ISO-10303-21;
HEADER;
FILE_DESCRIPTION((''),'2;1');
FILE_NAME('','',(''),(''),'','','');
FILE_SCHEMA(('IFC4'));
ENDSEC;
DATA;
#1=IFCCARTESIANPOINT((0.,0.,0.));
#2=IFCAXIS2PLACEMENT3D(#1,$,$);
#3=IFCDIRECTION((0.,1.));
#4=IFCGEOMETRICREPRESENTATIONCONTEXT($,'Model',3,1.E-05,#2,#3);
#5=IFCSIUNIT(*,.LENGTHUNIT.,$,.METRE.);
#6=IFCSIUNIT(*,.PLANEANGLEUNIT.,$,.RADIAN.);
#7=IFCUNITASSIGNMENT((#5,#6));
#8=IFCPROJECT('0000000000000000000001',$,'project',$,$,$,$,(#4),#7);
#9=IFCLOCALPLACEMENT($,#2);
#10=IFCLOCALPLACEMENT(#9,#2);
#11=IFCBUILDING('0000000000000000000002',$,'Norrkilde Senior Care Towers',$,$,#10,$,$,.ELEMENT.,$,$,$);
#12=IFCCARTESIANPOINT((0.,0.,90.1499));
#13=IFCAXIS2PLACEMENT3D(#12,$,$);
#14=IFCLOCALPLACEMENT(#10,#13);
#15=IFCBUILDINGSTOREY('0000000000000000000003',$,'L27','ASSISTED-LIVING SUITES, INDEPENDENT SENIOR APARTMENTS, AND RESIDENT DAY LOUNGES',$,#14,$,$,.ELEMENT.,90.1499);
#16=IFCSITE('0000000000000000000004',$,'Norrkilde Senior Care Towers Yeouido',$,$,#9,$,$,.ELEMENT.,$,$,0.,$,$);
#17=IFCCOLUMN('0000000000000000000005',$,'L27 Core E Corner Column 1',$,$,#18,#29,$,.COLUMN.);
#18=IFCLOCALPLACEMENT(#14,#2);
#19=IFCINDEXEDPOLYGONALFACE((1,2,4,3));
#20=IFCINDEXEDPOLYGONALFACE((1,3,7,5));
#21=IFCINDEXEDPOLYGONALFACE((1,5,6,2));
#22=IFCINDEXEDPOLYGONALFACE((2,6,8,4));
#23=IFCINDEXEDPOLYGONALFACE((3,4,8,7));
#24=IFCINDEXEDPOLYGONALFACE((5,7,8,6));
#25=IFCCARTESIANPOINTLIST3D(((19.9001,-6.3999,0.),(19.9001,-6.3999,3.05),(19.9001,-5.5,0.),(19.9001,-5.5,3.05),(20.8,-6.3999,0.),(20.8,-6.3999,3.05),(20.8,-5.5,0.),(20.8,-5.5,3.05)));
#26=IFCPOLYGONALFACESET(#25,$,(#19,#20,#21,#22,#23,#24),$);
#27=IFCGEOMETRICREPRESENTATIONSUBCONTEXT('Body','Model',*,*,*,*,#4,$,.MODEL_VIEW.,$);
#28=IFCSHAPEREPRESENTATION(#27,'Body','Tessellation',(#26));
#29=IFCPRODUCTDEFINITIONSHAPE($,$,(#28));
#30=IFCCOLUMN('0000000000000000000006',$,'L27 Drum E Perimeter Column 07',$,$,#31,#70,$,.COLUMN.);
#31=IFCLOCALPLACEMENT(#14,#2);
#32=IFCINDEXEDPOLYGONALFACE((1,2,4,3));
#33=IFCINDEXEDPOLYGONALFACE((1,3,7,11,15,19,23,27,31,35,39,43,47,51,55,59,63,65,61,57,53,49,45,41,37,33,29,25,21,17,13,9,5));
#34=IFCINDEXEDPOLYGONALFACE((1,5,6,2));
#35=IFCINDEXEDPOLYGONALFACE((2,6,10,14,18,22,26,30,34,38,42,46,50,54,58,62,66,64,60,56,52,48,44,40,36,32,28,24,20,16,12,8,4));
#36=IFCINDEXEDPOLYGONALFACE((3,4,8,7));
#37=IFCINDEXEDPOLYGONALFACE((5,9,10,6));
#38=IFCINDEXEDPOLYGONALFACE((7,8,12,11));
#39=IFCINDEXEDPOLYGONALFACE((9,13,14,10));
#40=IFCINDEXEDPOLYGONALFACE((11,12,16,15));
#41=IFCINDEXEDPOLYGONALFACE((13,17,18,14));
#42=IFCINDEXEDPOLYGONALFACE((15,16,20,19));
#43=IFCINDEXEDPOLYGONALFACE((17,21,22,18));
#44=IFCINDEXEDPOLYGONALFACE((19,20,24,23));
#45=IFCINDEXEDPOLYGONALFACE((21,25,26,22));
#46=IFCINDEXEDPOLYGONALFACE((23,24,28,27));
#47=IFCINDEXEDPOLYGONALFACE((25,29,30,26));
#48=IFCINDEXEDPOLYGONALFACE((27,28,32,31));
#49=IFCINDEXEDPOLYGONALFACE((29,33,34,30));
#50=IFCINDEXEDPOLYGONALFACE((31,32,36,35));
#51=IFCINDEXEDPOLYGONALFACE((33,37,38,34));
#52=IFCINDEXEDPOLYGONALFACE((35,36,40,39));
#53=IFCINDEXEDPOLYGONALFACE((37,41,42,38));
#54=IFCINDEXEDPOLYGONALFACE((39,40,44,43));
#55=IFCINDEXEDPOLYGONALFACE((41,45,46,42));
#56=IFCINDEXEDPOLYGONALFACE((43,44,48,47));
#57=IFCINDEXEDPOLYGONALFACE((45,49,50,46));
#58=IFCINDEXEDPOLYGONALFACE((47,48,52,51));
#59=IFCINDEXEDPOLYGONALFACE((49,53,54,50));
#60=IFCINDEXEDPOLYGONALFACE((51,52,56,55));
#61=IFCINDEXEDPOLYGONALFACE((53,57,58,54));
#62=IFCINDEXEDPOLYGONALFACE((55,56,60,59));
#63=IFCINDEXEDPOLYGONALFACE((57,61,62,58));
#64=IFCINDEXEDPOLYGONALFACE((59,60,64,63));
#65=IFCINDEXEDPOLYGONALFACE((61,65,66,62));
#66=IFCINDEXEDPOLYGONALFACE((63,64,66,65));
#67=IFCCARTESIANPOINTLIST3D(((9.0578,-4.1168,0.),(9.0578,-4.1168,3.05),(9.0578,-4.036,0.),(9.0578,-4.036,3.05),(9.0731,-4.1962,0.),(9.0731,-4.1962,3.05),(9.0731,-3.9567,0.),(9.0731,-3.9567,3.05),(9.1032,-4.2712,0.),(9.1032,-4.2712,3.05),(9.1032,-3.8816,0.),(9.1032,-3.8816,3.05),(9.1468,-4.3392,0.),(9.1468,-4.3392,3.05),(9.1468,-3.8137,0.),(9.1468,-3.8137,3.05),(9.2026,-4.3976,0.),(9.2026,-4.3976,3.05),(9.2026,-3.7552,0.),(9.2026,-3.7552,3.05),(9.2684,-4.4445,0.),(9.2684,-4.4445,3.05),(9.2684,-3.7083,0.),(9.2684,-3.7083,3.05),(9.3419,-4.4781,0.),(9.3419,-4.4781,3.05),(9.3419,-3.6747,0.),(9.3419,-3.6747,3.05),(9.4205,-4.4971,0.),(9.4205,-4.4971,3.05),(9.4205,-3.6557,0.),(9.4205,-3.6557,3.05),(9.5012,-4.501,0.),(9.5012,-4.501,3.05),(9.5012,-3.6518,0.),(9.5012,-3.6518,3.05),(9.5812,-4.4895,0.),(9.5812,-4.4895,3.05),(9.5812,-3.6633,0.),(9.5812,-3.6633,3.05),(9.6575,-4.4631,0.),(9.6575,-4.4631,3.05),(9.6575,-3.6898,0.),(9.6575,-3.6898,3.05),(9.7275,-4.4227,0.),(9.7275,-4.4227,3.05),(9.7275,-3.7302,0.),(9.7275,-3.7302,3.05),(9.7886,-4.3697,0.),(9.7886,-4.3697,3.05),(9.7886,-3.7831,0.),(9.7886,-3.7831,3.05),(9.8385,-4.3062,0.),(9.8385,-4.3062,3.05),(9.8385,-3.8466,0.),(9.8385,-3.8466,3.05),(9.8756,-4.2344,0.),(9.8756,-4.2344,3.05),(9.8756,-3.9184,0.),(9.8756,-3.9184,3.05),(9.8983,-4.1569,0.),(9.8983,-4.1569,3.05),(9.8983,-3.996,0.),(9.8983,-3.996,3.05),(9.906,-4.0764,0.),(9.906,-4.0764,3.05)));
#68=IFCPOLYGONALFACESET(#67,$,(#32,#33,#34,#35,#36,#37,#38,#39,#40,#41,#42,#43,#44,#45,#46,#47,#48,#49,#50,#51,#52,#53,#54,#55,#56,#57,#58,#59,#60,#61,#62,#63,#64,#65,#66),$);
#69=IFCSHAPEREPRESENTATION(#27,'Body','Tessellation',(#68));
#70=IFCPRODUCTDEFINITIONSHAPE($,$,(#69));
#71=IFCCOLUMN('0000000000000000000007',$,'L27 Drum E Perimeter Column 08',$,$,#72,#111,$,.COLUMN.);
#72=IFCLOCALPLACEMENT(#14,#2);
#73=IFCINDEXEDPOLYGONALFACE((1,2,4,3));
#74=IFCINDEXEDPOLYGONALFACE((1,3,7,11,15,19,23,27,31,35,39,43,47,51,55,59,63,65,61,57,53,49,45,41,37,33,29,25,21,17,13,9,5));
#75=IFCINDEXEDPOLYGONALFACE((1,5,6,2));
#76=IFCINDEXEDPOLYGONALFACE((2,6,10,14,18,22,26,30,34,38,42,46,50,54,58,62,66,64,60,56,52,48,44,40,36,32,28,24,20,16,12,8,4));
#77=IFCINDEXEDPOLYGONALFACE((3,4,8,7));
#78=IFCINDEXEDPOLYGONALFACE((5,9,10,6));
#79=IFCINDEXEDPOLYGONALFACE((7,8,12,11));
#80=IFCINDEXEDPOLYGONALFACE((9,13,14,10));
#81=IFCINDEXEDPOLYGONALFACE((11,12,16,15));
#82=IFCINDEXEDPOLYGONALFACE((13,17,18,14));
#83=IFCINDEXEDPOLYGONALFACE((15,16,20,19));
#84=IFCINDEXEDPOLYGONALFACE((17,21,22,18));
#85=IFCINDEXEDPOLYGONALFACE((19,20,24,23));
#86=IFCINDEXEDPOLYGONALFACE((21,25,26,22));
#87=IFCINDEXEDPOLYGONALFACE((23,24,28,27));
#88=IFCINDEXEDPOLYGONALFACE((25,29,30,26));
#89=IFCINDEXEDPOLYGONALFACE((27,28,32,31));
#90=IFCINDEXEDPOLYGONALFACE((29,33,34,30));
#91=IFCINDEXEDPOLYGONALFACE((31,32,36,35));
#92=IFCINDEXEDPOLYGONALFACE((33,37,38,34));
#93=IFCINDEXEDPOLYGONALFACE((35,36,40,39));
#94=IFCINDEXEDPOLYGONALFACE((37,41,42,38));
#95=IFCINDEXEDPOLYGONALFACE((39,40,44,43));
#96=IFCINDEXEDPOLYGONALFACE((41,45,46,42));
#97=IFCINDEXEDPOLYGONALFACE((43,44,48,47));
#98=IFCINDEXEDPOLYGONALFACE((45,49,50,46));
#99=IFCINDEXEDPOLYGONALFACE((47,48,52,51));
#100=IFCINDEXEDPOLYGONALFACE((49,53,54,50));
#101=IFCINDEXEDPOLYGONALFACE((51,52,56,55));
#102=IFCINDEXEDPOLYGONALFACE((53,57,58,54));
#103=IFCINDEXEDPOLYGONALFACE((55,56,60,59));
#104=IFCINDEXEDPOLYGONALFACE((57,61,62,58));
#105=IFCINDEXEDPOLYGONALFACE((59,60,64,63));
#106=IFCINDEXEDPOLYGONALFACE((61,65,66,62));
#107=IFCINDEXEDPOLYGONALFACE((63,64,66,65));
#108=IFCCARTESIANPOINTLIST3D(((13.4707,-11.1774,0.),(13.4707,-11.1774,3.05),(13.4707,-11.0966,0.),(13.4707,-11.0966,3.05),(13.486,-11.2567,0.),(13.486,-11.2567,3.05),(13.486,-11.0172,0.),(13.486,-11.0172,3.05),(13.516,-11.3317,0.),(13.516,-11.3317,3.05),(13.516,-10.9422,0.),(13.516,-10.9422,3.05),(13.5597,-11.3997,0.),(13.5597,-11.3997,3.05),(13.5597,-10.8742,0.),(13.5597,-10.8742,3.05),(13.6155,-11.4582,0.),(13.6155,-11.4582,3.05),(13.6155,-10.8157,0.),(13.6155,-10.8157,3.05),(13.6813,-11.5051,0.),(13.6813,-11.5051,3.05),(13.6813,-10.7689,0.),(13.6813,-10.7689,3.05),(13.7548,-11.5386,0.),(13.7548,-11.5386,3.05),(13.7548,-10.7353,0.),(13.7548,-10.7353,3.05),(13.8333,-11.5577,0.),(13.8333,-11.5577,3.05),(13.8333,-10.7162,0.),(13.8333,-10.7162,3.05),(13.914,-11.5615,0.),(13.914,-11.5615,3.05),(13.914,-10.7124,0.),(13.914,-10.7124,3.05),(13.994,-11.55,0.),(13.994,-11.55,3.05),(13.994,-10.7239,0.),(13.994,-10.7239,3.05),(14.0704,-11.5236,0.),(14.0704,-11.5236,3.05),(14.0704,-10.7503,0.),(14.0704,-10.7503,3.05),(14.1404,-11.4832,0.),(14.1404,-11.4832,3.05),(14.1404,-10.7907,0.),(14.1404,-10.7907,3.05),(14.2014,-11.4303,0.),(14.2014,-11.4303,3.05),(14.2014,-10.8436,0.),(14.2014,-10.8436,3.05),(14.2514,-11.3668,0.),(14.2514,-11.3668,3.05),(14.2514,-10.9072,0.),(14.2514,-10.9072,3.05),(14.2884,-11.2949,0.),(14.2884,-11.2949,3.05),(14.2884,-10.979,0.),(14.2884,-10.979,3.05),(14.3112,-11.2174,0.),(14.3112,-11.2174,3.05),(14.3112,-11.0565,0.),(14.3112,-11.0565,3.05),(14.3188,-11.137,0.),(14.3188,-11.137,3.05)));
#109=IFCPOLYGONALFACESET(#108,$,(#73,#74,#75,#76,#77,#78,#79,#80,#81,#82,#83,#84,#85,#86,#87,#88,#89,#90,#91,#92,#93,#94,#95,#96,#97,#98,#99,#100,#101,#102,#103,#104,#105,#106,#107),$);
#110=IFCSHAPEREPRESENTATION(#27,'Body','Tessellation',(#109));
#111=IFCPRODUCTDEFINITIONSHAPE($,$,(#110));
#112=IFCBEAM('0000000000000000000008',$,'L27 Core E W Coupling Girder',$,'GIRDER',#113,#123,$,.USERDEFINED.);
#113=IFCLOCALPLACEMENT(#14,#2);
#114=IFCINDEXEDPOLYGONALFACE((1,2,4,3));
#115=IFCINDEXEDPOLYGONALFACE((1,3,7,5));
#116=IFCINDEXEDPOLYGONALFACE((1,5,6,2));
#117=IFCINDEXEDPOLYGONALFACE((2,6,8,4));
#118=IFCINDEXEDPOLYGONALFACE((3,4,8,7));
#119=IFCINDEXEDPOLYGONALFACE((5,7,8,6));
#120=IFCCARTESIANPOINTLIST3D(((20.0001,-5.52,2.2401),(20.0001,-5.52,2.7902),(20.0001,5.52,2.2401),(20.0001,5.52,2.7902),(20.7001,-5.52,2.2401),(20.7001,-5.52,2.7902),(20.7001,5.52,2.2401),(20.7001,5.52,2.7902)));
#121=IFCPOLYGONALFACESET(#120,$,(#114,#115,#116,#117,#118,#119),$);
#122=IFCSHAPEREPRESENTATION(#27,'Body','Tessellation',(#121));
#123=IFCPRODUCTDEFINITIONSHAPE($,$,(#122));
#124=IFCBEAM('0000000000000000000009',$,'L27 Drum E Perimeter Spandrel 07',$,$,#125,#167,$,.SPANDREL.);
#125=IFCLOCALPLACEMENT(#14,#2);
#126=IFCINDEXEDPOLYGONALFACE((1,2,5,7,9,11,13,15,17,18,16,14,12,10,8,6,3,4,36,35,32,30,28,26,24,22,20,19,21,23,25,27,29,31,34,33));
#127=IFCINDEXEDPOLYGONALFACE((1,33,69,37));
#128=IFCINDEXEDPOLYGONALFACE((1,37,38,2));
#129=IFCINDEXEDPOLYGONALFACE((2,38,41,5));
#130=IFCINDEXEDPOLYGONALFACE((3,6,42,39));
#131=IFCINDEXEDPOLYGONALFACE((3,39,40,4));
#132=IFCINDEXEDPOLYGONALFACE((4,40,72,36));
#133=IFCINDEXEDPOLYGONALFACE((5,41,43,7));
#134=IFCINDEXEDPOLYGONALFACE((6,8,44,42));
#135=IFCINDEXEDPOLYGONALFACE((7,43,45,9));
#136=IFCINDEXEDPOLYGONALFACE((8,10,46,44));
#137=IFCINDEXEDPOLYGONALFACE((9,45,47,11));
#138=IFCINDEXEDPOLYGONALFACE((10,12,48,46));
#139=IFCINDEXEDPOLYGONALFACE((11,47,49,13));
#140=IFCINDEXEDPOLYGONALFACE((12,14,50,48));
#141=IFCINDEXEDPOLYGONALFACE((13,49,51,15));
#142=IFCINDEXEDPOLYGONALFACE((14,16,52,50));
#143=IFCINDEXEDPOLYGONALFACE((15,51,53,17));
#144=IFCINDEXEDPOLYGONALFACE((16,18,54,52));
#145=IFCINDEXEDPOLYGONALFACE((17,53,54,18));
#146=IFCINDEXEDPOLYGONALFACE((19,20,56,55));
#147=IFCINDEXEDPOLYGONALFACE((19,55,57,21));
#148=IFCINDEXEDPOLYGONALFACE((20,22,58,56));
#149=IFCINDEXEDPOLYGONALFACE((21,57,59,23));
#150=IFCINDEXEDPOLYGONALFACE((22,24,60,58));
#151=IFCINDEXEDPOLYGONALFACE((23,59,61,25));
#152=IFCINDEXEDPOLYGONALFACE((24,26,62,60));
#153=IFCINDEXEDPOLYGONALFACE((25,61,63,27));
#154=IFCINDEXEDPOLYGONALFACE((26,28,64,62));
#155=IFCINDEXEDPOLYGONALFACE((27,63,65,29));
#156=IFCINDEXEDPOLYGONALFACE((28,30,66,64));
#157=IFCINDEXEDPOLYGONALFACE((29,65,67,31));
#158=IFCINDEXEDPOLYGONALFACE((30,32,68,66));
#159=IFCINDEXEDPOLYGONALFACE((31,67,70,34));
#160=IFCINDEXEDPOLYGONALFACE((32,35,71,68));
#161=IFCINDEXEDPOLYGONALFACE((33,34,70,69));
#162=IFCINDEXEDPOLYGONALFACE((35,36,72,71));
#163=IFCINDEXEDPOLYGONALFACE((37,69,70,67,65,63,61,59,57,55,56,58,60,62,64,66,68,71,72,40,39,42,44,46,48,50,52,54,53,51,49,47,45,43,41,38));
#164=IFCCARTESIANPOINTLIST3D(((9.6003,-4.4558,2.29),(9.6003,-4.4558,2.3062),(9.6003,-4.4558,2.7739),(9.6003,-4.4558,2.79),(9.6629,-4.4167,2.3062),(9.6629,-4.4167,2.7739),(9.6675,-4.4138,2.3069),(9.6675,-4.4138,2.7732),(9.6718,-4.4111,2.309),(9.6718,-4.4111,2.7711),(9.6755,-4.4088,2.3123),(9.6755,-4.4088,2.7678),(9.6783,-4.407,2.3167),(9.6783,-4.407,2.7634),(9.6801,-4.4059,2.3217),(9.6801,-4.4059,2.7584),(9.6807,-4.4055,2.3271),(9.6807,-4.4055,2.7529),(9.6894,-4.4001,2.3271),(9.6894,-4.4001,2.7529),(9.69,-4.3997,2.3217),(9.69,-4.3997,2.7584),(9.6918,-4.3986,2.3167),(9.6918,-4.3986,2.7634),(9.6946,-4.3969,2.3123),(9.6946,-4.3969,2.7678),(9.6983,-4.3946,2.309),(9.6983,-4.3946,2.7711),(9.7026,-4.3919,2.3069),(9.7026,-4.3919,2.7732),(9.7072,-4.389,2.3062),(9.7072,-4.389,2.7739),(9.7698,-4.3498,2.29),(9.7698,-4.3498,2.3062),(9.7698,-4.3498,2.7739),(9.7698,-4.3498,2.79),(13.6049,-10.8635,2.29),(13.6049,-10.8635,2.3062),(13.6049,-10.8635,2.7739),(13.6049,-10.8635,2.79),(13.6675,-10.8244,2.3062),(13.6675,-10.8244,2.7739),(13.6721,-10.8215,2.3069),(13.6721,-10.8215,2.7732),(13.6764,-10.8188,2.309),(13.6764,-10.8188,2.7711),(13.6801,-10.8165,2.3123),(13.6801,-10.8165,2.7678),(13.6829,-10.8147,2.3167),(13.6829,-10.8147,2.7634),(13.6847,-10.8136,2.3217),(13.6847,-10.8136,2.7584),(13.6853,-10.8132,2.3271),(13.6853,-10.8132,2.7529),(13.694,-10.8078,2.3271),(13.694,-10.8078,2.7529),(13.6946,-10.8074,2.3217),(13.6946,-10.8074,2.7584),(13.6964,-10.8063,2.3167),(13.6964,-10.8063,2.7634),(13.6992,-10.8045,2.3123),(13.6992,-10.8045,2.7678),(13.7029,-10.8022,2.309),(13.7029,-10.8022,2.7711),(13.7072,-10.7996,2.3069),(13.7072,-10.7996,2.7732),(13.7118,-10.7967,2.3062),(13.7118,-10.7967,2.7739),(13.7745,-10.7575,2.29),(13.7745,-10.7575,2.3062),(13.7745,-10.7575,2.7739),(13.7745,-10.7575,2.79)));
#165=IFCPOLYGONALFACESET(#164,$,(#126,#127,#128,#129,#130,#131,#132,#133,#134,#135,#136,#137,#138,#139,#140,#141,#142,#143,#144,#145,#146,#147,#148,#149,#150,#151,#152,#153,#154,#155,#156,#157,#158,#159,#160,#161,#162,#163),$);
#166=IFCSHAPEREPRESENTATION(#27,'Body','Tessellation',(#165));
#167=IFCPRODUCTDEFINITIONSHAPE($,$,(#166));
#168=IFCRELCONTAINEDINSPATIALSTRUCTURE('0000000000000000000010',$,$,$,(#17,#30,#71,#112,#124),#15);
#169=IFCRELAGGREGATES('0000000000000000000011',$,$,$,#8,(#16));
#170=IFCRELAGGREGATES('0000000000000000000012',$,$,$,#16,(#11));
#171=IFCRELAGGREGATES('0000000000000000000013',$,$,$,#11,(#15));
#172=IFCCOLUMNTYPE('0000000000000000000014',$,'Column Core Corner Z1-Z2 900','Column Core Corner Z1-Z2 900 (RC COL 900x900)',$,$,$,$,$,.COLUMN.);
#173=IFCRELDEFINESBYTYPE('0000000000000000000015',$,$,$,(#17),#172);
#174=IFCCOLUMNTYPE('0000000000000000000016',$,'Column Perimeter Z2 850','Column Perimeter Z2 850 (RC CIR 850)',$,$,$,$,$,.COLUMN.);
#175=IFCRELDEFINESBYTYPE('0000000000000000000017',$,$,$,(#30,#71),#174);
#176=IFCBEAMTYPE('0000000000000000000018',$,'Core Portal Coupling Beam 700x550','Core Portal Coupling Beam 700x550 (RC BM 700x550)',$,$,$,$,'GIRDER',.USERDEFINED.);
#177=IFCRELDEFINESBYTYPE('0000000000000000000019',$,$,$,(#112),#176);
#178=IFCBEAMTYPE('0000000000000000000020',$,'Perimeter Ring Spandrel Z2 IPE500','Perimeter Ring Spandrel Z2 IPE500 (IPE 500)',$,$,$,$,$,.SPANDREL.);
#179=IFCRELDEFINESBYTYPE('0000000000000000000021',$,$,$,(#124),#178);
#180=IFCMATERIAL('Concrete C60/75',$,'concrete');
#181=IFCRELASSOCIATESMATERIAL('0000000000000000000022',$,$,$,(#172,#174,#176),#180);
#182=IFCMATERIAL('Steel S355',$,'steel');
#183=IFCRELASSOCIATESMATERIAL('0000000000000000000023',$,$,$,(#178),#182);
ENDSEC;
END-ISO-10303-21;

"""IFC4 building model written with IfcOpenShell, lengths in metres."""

from ifc_helpers import new_model, si_unit, direction, frame, origin, origin_2d, place, context, subcontext, project, spatial, rectangle, circle, i_section, extrude, source, transform, mapped, material, material_profile, profile_set, type_object, type_shapes, element, save


model = new_model("IFC4")

# Units and contexts
model_context = context("Model", 3, precision=1e-05, world=origin(), true_north=direction((0.0, 1.0)))
body_context = subcontext(model_context, "Body", "Model", "MODEL_VIEW")
ifc_project = project(units=[si_unit("LENGTHUNIT", "METRE"), si_unit("PLANEANGLEUNIT", "RADIAN")], contexts=[model_context])

# Site, building, storey
site_placement = place(None, origin())
site = spatial("IfcSite", under=ifc_project, at=site_placement, Name="Norrkilde Senior Care Towers Yeouido", CompositionType="ELEMENT", RefElevation=0.0)
building_placement = place(site_placement, origin())
building = spatial("IfcBuilding", under=site, at=building_placement, Name="Norrkilde Senior Care Towers", CompositionType="ELEMENT")
storey_placement = place(building_placement, frame((0.0, 0.0, 90.1499)))
storey = spatial("IfcBuildingStorey", under=building, at=storey_placement, Name="L27", Description="ASSISTED-LIVING SUITES, INDEPENDENT SENIOR APARTMENTS, AND RESIDENT DAY LOUNGES", CompositionType="ELEMENT", Elevation=90.1499)

# Columns
ifc_material_1 = material(Name="Concrete C60/75", Category="concrete")
ifc_material_profile_1 = material_profile(ifc_material_1, rectangle(XDim=0.8999, YDim=0.8999, at=origin_2d()), Name="RC COL 900x900")
ifc_profile_set_1 = profile_set([ifc_material_profile_1], Name="Concrete C60/75")
column_type_1 = type_object("IfcColumnType", Name="Column Core Corner Z1-Z2 900", Description="Column Core Corner Z1-Z2 900 (RC COL 900x900)", PredefinedType="COLUMN", material=ifc_profile_set_1)
shared_shape_1 = source(origin(), body_context, "Body", "SweptSolid", [
    extrude(rectangle(XDim=0.8999, YDim=0.8999, at=origin_2d()), origin(), (0.0, 0.0, 1.0), 3.05),
])
type_shapes(column_type_1, [shared_shape_1])
column_placement = place(storey_placement, frame((20.3501, -5.95, 0.0), z_axis=(0.0, 0.0, 1.0), x_axis=(1.0, 0.0, 0.0)))
element("IfcColumn", 1, at=column_placement, inside=storey, type_object=column_type_1, Name="L27 Core E Corner Column 1", PredefinedType="COLUMN", context=body_context, shape_type="MappedRepresentation", body=[
    mapped(shared_shape_1, transform((0.0, 0.0, 0.0), x_axis=(1.0, 0.0, 0.0), y_axis=(0.0, 1.0, 0.0), z_axis=(0.0, 0.0, 1.0), scale=1.0)),
])
ifc_material_profile_2 = material_profile(ifc_material_1, circle(Radius=0.425, at=origin_2d()), Name="RC CIR 850")
ifc_profile_set_2 = profile_set([ifc_material_profile_2], Name="Concrete C60/75")
column_type_2 = type_object("IfcColumnType", Name="Column Perimeter Z2 850", Description="Column Perimeter Z2 850 (RC CIR 850)", PredefinedType="COLUMN", material=ifc_profile_set_2)
shared_shape_2 = source(origin(), body_context, "Body", "SweptSolid", [
    extrude(circle(Radius=0.425, at=origin_2d()), origin(), (0.0, 0.0, 1.0), 3.05),
])
type_shapes(column_type_2, [shared_shape_2])
for number, where, z_axis, x_axis, name in (
    (2, (9.481, -4.0764, 0.0), (0.0, 0.0, 1.0), (1.0, 0.0, 0.0), "L27 Drum E Perimeter Column 07"),
    (3, (13.8938, -11.137, 0.0), (0.0, 0.0, 1.0), (1.0, 0.0, 0.0), "L27 Drum E Perimeter Column 08"),
):
    element("IfcColumn", number, at=place(storey_placement, frame(where, z_axis=z_axis, x_axis=x_axis)), inside=storey, type_object=column_type_2, Name=name, PredefinedType="COLUMN", context=body_context, shape_type="MappedRepresentation", body=[
        mapped(shared_shape_2, transform((0.0, 0.0, 0.0), x_axis=(1.0, 0.0, 0.0), y_axis=(0.0, 1.0, 0.0), z_axis=(0.0, 0.0, 1.0), scale=1.0)),
    ])

# Beams
ifc_material_profile_3 = material_profile(ifc_material_1, rectangle(XDim=0.7, YDim=0.55, at=origin_2d()), Name="RC BM 700x550")
ifc_profile_set_3 = profile_set([ifc_material_profile_3], Name="Concrete C60/75")
beam_type_1 = type_object("IfcBeamType", Name="Core Portal Coupling Beam 700x550", Description="Core Portal Coupling Beam 700x550 (RC BM 700x550)", ElementType="GIRDER", PredefinedType="USERDEFINED", material=ifc_profile_set_3)
shared_shape_3 = source(origin(), body_context, "Body", "SweptSolid", [
    extrude(rectangle(XDim=0.7, YDim=0.55, at=origin_2d()), origin(), (0.0, 0.0, 1.0), 11.04),
])
type_shapes(beam_type_1, [shared_shape_3])
beam_1_placement = place(storey_placement, frame((20.3501, -5.52, 2.5151), z_axis=(0.0, 1.0, 0.0), x_axis=(-1.0, 0.0, 0.0)))
element("IfcBeam", 4, at=beam_1_placement, inside=storey, type_object=beam_type_1, Name="L27 Core E W Coupling Girder", ObjectType="GIRDER", PredefinedType="USERDEFINED", context=body_context, shape_type="MappedRepresentation", body=[
    mapped(shared_shape_3, transform((0.0, 0.0, 0.0), x_axis=(1.0, 0.0, 0.0), y_axis=(0.0, 1.0, 0.0), z_axis=(0.0, 0.0, 1.0), scale=1.0)),
])
ifc_material_2 = material(Name="Steel S355", Category="steel")
ifc_material_profile_4 = material_profile(ifc_material_2, i_section(OverallWidth=0.2, OverallDepth=0.5, WebThickness=0.0103, FlangeThickness=0.0161, FilletRadius=0.021, at=origin_2d()), Name="IPE 500")
ifc_profile_set_4 = profile_set([ifc_material_profile_4], Name="Steel S355")
beam_type_2 = type_object("IfcBeamType", Name="Perimeter Ring Spandrel Z2 IPE500", Description="Perimeter Ring Spandrel Z2 IPE500 (IPE 500)", PredefinedType="SPANDREL", material=ifc_profile_set_4)
shared_shape_4 = source(origin(), body_context, "Body", "SweptSolid", [
    extrude(i_section(OverallWidth=0.2, OverallDepth=0.5, WebThickness=0.0103, FlangeThickness=0.0161, FilletRadius=0.021, at=origin_2d()), origin(), (0.0, 0.0, 1.0), 7.5562),
])
beam_2_placement = place(storey_placement, frame((9.6851, -4.4028, 2.54), z_axis=(0.529982, -0.848009, 0.0), x_axis=(0.848009, 0.529982, 0.0)))
element("IfcBeam", 5, at=beam_2_placement, inside=storey, type_object=beam_type_2, Name="L27 Drum E Perimeter Spandrel 07", PredefinedType="SPANDREL", context=body_context, shape_type="MappedRepresentation", body=[
    mapped(shared_shape_4, transform((0.0, 0.0, 0.0), x_axis=(1.0, 0.0, 0.0), y_axis=(0.0, 1.0, 0.0), z_axis=(0.0, 0.0, 1.0), scale=1.0)),
])

save(model, "model.ifc")
